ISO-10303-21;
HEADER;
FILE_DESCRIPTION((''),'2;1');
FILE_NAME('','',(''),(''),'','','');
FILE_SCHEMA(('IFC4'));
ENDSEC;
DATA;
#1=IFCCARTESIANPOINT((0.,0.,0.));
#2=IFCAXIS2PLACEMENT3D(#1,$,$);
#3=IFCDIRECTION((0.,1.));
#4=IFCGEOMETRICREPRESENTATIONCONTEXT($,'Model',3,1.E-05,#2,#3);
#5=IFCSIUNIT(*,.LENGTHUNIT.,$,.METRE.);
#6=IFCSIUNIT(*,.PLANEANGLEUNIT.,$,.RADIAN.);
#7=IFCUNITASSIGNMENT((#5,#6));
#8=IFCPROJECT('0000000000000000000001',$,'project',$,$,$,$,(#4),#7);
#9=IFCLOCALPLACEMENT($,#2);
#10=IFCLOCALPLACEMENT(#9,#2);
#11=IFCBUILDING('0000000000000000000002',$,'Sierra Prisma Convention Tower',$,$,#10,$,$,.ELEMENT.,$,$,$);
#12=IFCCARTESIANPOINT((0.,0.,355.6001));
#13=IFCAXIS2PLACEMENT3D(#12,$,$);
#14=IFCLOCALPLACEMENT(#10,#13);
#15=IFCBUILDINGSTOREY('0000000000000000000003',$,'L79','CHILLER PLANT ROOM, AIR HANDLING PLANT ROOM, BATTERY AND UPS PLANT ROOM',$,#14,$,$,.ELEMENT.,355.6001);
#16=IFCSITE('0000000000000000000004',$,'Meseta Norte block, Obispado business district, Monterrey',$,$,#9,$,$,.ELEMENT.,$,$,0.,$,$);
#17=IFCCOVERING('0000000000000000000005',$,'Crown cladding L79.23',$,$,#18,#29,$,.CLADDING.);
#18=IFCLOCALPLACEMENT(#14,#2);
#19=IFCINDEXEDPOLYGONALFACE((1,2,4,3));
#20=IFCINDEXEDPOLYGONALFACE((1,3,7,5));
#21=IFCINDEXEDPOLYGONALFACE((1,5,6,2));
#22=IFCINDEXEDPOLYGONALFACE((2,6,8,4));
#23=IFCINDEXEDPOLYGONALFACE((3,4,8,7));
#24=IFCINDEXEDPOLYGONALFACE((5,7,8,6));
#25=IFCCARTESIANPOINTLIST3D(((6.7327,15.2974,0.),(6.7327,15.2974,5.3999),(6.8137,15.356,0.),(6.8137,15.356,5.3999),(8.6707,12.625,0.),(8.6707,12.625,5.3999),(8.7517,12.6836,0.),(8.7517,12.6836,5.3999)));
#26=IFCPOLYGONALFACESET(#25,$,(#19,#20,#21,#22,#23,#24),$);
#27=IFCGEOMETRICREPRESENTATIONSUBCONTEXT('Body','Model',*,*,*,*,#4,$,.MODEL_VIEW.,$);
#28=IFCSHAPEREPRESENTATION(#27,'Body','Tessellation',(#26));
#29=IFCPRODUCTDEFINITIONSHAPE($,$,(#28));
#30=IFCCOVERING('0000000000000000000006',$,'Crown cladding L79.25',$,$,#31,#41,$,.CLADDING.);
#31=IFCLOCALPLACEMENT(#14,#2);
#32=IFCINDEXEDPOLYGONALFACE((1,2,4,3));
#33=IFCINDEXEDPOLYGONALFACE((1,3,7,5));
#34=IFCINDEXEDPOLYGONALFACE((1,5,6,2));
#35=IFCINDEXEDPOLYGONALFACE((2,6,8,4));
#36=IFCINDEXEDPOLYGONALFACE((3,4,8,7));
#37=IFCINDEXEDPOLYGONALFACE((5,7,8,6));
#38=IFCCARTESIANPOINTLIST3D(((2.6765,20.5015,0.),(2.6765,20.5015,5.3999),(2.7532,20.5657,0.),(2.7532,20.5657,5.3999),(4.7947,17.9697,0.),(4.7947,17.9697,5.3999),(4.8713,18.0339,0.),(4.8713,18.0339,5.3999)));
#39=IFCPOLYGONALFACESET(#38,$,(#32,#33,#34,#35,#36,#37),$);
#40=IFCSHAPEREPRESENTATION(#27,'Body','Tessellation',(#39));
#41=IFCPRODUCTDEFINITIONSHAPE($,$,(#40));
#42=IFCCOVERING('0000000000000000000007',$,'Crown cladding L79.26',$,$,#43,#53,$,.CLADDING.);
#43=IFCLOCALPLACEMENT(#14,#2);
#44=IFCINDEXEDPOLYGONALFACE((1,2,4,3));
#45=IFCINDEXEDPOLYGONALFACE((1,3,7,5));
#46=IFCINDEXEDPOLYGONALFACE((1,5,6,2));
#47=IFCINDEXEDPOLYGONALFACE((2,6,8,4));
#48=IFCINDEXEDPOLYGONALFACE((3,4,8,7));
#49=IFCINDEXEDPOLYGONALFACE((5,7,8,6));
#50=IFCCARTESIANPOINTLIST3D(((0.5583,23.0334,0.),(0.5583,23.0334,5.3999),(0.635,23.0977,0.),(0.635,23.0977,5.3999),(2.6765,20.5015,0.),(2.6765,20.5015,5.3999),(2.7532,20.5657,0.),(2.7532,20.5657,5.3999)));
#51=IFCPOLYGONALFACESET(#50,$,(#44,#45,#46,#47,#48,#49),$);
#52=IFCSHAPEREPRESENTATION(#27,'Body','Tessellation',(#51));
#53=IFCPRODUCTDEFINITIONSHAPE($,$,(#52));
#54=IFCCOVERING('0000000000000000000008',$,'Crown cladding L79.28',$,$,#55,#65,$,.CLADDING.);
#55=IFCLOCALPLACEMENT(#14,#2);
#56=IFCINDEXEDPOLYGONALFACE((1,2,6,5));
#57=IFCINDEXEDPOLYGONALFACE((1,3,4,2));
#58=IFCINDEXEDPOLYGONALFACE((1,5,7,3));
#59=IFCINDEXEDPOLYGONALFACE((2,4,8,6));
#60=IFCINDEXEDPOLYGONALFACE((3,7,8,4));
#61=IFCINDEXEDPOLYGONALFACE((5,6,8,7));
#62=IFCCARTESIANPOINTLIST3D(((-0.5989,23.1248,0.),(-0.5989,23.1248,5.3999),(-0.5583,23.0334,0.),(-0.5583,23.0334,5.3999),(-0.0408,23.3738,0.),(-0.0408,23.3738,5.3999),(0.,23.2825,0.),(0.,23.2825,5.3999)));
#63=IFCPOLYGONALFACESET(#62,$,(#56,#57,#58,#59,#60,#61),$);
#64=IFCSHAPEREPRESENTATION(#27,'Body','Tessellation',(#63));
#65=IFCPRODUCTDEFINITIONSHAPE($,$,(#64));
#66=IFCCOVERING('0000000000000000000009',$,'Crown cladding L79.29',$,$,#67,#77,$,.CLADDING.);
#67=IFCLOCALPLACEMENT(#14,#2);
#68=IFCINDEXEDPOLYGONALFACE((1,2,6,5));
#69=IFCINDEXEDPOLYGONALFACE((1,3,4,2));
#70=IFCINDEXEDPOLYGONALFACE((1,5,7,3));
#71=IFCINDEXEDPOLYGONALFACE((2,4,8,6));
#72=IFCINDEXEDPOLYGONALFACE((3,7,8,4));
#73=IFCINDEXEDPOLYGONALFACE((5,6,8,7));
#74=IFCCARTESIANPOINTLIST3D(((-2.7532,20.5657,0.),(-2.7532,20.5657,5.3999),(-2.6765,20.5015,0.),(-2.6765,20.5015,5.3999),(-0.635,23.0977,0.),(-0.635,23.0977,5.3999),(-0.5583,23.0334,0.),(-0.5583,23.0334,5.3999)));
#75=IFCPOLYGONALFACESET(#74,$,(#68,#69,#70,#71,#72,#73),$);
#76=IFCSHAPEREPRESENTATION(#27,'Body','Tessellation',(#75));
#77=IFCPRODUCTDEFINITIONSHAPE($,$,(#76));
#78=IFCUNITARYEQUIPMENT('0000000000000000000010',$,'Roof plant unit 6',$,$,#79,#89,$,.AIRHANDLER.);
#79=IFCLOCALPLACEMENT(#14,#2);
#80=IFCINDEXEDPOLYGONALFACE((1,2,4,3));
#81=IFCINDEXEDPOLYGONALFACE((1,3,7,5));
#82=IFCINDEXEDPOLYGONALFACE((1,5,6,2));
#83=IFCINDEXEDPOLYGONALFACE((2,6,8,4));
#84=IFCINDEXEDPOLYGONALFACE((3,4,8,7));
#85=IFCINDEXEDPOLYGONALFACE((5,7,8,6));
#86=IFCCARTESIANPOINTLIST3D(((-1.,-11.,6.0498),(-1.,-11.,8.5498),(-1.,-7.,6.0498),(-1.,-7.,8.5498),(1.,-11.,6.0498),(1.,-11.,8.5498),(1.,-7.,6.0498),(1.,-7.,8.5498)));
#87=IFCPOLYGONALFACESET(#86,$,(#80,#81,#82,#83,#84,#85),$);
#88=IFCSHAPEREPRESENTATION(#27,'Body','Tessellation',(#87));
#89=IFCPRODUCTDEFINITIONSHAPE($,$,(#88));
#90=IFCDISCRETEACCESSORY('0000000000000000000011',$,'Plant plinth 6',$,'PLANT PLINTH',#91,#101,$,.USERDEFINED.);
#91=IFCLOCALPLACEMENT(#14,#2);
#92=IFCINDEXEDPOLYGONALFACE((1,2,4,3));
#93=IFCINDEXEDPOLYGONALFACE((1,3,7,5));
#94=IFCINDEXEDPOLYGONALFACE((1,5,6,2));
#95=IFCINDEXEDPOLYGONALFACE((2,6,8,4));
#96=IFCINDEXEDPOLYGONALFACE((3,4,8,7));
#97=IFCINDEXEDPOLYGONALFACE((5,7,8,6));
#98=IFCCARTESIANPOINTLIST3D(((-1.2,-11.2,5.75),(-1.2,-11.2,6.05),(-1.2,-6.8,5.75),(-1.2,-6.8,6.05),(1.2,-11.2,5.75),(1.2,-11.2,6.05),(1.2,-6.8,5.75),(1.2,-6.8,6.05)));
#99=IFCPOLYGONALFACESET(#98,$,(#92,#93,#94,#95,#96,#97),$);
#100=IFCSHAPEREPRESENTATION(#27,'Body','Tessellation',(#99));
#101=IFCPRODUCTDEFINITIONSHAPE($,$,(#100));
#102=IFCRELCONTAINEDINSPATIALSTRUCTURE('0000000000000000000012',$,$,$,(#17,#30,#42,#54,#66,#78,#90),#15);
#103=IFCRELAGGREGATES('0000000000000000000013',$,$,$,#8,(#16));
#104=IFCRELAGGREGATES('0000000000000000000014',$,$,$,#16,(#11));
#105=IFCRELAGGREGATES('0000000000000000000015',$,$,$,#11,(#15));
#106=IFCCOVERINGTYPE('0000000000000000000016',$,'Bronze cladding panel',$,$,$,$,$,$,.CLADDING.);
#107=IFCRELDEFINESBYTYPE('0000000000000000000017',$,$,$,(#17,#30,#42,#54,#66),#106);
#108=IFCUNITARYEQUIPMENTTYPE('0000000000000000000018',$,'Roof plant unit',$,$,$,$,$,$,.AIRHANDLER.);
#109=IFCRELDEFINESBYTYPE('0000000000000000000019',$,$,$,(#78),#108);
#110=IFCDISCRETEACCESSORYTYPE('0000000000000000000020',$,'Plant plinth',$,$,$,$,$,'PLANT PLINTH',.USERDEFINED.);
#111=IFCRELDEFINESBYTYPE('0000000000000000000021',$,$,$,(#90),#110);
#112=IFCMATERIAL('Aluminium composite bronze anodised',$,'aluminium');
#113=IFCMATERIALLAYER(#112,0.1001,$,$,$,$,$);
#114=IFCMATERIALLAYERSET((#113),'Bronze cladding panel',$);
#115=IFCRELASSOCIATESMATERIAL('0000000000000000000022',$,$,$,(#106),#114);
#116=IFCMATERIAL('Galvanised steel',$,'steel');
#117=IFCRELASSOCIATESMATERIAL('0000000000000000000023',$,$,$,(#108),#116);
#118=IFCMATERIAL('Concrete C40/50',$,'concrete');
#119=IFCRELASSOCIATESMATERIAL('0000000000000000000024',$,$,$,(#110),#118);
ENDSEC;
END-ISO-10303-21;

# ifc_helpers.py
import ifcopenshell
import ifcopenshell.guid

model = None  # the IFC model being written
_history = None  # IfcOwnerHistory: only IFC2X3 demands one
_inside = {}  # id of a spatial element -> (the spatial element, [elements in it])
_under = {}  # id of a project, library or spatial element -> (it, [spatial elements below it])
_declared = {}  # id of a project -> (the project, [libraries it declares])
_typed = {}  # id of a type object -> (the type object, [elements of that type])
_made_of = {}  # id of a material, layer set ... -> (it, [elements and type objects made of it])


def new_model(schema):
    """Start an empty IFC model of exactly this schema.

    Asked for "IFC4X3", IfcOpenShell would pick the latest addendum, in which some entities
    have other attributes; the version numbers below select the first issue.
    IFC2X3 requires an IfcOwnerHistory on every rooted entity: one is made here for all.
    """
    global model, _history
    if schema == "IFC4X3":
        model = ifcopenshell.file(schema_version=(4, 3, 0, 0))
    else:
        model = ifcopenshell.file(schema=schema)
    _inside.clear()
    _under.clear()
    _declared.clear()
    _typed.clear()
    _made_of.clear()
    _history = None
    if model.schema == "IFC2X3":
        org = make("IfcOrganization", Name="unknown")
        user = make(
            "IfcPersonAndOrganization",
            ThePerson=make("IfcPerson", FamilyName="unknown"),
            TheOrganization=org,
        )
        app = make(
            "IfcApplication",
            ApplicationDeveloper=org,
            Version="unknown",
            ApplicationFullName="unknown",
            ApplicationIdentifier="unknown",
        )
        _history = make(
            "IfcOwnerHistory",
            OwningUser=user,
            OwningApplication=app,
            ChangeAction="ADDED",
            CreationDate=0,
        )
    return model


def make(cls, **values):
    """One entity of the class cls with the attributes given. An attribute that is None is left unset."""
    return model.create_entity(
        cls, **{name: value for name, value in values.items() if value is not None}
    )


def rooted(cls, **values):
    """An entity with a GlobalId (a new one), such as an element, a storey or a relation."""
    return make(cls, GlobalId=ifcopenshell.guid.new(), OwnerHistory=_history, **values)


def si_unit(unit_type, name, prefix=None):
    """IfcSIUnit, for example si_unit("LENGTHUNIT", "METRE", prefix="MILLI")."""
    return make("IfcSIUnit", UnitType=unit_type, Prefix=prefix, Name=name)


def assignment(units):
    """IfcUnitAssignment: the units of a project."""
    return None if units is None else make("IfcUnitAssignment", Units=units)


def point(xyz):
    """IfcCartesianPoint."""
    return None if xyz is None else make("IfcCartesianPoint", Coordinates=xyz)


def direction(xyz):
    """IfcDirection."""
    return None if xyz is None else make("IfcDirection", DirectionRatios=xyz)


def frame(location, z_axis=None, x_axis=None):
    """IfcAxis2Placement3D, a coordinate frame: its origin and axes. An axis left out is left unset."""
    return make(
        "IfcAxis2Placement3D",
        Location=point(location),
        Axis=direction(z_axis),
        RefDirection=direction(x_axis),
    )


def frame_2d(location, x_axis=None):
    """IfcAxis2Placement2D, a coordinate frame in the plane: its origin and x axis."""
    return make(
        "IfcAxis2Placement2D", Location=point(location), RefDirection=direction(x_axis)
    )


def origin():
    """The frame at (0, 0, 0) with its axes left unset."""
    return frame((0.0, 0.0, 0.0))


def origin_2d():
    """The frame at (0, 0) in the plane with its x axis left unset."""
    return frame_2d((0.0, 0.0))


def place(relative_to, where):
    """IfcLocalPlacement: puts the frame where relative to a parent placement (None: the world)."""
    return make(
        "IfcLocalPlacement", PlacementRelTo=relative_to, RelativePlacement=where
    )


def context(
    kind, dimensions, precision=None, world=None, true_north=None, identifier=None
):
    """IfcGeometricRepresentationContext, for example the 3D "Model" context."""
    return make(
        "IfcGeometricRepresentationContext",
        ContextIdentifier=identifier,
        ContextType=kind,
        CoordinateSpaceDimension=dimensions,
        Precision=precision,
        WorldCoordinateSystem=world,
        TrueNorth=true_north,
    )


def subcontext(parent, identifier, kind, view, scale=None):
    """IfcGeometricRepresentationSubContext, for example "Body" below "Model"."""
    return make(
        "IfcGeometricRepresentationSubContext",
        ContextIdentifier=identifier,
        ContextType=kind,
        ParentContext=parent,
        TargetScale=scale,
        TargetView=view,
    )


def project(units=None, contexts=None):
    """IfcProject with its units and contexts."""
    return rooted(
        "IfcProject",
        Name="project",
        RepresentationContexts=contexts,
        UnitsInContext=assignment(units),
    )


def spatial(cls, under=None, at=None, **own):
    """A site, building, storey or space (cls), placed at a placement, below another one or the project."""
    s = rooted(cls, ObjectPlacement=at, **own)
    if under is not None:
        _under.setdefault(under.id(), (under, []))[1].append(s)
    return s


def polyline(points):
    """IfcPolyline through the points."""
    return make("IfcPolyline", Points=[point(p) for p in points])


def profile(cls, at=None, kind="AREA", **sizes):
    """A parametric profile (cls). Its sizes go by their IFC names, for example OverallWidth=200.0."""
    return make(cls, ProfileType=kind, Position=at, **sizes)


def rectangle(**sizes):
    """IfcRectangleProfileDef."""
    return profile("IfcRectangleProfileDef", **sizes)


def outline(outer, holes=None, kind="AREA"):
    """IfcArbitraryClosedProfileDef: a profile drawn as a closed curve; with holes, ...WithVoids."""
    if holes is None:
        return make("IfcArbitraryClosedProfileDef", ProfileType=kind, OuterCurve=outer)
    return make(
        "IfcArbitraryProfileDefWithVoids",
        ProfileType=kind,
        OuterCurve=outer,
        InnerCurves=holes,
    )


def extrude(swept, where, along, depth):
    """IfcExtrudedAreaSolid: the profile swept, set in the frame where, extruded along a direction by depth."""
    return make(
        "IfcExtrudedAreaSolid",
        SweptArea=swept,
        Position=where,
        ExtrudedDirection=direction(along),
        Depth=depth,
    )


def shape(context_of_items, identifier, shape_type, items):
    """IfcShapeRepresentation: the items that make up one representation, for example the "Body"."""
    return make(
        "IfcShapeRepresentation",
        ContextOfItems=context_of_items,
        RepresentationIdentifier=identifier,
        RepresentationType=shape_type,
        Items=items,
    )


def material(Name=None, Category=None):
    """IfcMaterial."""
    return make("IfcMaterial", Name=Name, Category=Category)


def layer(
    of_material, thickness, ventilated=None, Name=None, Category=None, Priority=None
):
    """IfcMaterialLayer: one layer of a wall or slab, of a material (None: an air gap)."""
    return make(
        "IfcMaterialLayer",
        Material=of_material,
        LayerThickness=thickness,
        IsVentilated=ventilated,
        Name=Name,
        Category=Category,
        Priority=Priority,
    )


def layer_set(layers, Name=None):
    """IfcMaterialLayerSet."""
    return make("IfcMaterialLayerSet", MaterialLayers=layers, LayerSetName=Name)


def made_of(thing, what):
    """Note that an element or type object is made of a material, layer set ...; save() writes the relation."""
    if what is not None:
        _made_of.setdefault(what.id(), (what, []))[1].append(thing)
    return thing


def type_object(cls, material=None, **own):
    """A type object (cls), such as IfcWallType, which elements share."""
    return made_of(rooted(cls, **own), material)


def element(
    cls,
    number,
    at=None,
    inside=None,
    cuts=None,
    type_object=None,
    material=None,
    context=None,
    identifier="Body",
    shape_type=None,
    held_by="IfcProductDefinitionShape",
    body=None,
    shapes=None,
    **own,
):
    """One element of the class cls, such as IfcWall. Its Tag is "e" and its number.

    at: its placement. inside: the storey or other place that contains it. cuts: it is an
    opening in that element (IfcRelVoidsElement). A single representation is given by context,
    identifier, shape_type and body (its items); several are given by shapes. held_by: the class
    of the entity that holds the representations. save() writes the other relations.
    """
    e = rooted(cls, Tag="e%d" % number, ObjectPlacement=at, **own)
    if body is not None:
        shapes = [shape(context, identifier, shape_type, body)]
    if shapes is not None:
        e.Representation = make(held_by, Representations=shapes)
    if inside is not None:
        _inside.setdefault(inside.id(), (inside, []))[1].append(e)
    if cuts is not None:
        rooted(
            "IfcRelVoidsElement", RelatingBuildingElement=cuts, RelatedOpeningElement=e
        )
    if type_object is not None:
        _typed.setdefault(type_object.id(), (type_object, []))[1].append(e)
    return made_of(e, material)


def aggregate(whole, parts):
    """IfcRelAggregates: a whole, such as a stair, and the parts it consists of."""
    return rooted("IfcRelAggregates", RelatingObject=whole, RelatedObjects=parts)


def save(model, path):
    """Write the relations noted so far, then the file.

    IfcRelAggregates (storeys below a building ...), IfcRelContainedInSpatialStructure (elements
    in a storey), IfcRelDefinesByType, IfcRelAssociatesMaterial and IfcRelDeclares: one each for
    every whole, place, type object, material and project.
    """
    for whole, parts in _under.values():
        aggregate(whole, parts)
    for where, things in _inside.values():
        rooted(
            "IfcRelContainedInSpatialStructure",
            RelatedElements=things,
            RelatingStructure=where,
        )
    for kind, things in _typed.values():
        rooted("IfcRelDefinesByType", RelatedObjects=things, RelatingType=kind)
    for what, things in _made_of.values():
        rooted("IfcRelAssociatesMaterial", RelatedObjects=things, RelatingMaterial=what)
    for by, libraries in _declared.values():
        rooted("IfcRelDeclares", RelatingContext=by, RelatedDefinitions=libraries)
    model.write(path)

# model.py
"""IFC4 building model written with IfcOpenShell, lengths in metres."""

from ifc_helpers import new_model, si_unit, direction, frame, origin, origin_2d, place, context, subcontext, project, spatial, polyline, rectangle, outline, extrude, material, layer, layer_set, type_object, element, save


model = new_model("IFC4")

# Units and contexts
model_context = context("Model", 3, precision=1e-05, world=origin(), true_north=direction((0.0, 1.0)))
body_context = subcontext(model_context, "Body", "Model", "MODEL_VIEW")
ifc_project = project(units=[si_unit("LENGTHUNIT", "METRE"), si_unit("PLANEANGLEUNIT", "RADIAN")], contexts=[model_context])

# Site, building, storey
site_placement = place(None, origin())
site = spatial("IfcSite", under=ifc_project, at=site_placement, Name="Meseta Norte block, Obispado business district, Monterrey", CompositionType="ELEMENT", RefElevation=0.0)
building_placement = place(site_placement, origin())
building = spatial("IfcBuilding", under=site, at=building_placement, Name="Sierra Prisma Convention Tower", CompositionType="ELEMENT")
storey_placement = place(building_placement, frame((0.0, 0.0, 355.6001)))
storey = spatial("IfcBuildingStorey", under=building, at=storey_placement, Name="L79", Description="CHILLER PLANT ROOM, AIR HANDLING PLANT ROOM, BATTERY AND UPS PLANT ROOM", CompositionType="ELEMENT", Elevation=355.6001)

# Coverings
ifc_material_1 = material(Name="Aluminium composite bronze anodised", Category="aluminium")
ifc_layer_1 = layer(ifc_material_1, 0.1001)
ifc_layer_set_1 = layer_set([ifc_layer_1], Name="Bronze cladding panel")
covering_type = type_object("IfcCoveringType", Name="Bronze cladding panel", PredefinedType="CLADDING", material=ifc_layer_set_1)
covering_1_placement = place(storey_placement, origin())
element("IfcCovering", 1, at=covering_1_placement, inside=storey, type_object=covering_type, Name="Crown cladding L79.23", PredefinedType="CLADDING", context=body_context, shape_type="SweptSolid", body=[
    extrude(outline(polyline([(8.6707, 12.625), (6.7327, 15.2974), (6.8137, 15.356), (8.7517, 12.6836), (8.6707, 12.625)])), origin(), (0.0, 0.0, 1.0), 5.3999),
])
covering_2_placement = place(storey_placement, origin())
element("IfcCovering", 2, at=covering_2_placement, inside=storey, type_object=covering_type, Name="Crown cladding L79.25", PredefinedType="CLADDING", context=body_context, shape_type="SweptSolid", body=[
    extrude(outline(polyline([(4.7947, 17.9697), (2.6765, 20.5015), (2.7532, 20.5657), (4.8713, 18.0339), (4.7947, 17.9697)])), origin(), (0.0, 0.0, 1.0), 5.3999),
])
covering_3_placement = place(storey_placement, origin())
element("IfcCovering", 3, at=covering_3_placement, inside=storey, type_object=covering_type, Name="Crown cladding L79.26", PredefinedType="CLADDING", context=body_context, shape_type="SweptSolid", body=[
    extrude(outline(polyline([(2.6765, 20.5015), (0.5583, 23.0334), (0.635, 23.0977), (2.7532, 20.5657), (2.6765, 20.5015)])), origin(), (0.0, 0.0, 1.0), 5.3999),
])
covering_4_placement = place(storey_placement, origin())
element("IfcCovering", 4, at=covering_4_placement, inside=storey, type_object=covering_type, Name="Crown cladding L79.28", PredefinedType="CLADDING", context=body_context, shape_type="SweptSolid", body=[
    extrude(outline(polyline([(0.0, 23.2825), (-0.5583, 23.0334), (-0.5989, 23.1248), (-0.0408, 23.3738), (0.0, 23.2825)])), origin(), (0.0, 0.0, 1.0), 5.3999),
])
covering_5_placement = place(storey_placement, origin())
element("IfcCovering", 5, at=covering_5_placement, inside=storey, type_object=covering_type, Name="Crown cladding L79.29", PredefinedType="CLADDING", context=body_context, shape_type="SweptSolid", body=[
    extrude(outline(polyline([(-0.5583, 23.0334), (-2.6765, 20.5015), (-2.7532, 20.5657), (-0.635, 23.0977), (-0.5583, 23.0334)])), origin(), (0.0, 0.0, 1.0), 5.3999),
])

# Unitary equipment
ifc_material_2 = material(Name="Galvanised steel", Category="steel")
unitary_equipment_type = type_object("IfcUnitaryEquipmentType", Name="Roof plant unit", PredefinedType="AIRHANDLER", material=ifc_material_2)
unitary_equipment_placement = place(storey_placement, frame((0.0, -9.0, 6.0498), z_axis=(0.0, 0.0, 1.0), x_axis=(0.0, 1.0, 0.0)))
element("IfcUnitaryEquipment", 6, at=unitary_equipment_placement, inside=storey, type_object=unitary_equipment_type, Name="Roof plant unit 6", PredefinedType="AIRHANDLER", context=body_context, shape_type="SweptSolid", body=[
    extrude(rectangle(XDim=4.0, YDim=2.0, at=origin_2d()), origin(), (0.0, 0.0, 1.0), 2.5),
])

# Discrete accessory
ifc_material_3 = material(Name="Concrete C40/50", Category="concrete")
discrete_accessory_type = type_object("IfcDiscreteAccessoryType", Name="Plant plinth", ElementType="PLANT PLINTH", PredefinedType="USERDEFINED", material=ifc_material_3)
discrete_accessory_placement = place(storey_placement, frame((0.0, -9.0, 5.75), z_axis=(0.0, 0.0, 1.0), x_axis=(0.0, 1.0, 0.0)))
element("IfcDiscreteAccessory", 7, at=discrete_accessory_placement, inside=storey, type_object=discrete_accessory_type, Name="Plant plinth 6", ObjectType="PLANT PLINTH", PredefinedType="USERDEFINED", context=body_context, shape_type="SweptSolid", body=[
    extrude(rectangle(XDim=4.3999, YDim=2.3999, at=origin_2d()), origin(), (0.0, 0.0, 1.0), 0.3),
])

save(model, "model.ifc")
